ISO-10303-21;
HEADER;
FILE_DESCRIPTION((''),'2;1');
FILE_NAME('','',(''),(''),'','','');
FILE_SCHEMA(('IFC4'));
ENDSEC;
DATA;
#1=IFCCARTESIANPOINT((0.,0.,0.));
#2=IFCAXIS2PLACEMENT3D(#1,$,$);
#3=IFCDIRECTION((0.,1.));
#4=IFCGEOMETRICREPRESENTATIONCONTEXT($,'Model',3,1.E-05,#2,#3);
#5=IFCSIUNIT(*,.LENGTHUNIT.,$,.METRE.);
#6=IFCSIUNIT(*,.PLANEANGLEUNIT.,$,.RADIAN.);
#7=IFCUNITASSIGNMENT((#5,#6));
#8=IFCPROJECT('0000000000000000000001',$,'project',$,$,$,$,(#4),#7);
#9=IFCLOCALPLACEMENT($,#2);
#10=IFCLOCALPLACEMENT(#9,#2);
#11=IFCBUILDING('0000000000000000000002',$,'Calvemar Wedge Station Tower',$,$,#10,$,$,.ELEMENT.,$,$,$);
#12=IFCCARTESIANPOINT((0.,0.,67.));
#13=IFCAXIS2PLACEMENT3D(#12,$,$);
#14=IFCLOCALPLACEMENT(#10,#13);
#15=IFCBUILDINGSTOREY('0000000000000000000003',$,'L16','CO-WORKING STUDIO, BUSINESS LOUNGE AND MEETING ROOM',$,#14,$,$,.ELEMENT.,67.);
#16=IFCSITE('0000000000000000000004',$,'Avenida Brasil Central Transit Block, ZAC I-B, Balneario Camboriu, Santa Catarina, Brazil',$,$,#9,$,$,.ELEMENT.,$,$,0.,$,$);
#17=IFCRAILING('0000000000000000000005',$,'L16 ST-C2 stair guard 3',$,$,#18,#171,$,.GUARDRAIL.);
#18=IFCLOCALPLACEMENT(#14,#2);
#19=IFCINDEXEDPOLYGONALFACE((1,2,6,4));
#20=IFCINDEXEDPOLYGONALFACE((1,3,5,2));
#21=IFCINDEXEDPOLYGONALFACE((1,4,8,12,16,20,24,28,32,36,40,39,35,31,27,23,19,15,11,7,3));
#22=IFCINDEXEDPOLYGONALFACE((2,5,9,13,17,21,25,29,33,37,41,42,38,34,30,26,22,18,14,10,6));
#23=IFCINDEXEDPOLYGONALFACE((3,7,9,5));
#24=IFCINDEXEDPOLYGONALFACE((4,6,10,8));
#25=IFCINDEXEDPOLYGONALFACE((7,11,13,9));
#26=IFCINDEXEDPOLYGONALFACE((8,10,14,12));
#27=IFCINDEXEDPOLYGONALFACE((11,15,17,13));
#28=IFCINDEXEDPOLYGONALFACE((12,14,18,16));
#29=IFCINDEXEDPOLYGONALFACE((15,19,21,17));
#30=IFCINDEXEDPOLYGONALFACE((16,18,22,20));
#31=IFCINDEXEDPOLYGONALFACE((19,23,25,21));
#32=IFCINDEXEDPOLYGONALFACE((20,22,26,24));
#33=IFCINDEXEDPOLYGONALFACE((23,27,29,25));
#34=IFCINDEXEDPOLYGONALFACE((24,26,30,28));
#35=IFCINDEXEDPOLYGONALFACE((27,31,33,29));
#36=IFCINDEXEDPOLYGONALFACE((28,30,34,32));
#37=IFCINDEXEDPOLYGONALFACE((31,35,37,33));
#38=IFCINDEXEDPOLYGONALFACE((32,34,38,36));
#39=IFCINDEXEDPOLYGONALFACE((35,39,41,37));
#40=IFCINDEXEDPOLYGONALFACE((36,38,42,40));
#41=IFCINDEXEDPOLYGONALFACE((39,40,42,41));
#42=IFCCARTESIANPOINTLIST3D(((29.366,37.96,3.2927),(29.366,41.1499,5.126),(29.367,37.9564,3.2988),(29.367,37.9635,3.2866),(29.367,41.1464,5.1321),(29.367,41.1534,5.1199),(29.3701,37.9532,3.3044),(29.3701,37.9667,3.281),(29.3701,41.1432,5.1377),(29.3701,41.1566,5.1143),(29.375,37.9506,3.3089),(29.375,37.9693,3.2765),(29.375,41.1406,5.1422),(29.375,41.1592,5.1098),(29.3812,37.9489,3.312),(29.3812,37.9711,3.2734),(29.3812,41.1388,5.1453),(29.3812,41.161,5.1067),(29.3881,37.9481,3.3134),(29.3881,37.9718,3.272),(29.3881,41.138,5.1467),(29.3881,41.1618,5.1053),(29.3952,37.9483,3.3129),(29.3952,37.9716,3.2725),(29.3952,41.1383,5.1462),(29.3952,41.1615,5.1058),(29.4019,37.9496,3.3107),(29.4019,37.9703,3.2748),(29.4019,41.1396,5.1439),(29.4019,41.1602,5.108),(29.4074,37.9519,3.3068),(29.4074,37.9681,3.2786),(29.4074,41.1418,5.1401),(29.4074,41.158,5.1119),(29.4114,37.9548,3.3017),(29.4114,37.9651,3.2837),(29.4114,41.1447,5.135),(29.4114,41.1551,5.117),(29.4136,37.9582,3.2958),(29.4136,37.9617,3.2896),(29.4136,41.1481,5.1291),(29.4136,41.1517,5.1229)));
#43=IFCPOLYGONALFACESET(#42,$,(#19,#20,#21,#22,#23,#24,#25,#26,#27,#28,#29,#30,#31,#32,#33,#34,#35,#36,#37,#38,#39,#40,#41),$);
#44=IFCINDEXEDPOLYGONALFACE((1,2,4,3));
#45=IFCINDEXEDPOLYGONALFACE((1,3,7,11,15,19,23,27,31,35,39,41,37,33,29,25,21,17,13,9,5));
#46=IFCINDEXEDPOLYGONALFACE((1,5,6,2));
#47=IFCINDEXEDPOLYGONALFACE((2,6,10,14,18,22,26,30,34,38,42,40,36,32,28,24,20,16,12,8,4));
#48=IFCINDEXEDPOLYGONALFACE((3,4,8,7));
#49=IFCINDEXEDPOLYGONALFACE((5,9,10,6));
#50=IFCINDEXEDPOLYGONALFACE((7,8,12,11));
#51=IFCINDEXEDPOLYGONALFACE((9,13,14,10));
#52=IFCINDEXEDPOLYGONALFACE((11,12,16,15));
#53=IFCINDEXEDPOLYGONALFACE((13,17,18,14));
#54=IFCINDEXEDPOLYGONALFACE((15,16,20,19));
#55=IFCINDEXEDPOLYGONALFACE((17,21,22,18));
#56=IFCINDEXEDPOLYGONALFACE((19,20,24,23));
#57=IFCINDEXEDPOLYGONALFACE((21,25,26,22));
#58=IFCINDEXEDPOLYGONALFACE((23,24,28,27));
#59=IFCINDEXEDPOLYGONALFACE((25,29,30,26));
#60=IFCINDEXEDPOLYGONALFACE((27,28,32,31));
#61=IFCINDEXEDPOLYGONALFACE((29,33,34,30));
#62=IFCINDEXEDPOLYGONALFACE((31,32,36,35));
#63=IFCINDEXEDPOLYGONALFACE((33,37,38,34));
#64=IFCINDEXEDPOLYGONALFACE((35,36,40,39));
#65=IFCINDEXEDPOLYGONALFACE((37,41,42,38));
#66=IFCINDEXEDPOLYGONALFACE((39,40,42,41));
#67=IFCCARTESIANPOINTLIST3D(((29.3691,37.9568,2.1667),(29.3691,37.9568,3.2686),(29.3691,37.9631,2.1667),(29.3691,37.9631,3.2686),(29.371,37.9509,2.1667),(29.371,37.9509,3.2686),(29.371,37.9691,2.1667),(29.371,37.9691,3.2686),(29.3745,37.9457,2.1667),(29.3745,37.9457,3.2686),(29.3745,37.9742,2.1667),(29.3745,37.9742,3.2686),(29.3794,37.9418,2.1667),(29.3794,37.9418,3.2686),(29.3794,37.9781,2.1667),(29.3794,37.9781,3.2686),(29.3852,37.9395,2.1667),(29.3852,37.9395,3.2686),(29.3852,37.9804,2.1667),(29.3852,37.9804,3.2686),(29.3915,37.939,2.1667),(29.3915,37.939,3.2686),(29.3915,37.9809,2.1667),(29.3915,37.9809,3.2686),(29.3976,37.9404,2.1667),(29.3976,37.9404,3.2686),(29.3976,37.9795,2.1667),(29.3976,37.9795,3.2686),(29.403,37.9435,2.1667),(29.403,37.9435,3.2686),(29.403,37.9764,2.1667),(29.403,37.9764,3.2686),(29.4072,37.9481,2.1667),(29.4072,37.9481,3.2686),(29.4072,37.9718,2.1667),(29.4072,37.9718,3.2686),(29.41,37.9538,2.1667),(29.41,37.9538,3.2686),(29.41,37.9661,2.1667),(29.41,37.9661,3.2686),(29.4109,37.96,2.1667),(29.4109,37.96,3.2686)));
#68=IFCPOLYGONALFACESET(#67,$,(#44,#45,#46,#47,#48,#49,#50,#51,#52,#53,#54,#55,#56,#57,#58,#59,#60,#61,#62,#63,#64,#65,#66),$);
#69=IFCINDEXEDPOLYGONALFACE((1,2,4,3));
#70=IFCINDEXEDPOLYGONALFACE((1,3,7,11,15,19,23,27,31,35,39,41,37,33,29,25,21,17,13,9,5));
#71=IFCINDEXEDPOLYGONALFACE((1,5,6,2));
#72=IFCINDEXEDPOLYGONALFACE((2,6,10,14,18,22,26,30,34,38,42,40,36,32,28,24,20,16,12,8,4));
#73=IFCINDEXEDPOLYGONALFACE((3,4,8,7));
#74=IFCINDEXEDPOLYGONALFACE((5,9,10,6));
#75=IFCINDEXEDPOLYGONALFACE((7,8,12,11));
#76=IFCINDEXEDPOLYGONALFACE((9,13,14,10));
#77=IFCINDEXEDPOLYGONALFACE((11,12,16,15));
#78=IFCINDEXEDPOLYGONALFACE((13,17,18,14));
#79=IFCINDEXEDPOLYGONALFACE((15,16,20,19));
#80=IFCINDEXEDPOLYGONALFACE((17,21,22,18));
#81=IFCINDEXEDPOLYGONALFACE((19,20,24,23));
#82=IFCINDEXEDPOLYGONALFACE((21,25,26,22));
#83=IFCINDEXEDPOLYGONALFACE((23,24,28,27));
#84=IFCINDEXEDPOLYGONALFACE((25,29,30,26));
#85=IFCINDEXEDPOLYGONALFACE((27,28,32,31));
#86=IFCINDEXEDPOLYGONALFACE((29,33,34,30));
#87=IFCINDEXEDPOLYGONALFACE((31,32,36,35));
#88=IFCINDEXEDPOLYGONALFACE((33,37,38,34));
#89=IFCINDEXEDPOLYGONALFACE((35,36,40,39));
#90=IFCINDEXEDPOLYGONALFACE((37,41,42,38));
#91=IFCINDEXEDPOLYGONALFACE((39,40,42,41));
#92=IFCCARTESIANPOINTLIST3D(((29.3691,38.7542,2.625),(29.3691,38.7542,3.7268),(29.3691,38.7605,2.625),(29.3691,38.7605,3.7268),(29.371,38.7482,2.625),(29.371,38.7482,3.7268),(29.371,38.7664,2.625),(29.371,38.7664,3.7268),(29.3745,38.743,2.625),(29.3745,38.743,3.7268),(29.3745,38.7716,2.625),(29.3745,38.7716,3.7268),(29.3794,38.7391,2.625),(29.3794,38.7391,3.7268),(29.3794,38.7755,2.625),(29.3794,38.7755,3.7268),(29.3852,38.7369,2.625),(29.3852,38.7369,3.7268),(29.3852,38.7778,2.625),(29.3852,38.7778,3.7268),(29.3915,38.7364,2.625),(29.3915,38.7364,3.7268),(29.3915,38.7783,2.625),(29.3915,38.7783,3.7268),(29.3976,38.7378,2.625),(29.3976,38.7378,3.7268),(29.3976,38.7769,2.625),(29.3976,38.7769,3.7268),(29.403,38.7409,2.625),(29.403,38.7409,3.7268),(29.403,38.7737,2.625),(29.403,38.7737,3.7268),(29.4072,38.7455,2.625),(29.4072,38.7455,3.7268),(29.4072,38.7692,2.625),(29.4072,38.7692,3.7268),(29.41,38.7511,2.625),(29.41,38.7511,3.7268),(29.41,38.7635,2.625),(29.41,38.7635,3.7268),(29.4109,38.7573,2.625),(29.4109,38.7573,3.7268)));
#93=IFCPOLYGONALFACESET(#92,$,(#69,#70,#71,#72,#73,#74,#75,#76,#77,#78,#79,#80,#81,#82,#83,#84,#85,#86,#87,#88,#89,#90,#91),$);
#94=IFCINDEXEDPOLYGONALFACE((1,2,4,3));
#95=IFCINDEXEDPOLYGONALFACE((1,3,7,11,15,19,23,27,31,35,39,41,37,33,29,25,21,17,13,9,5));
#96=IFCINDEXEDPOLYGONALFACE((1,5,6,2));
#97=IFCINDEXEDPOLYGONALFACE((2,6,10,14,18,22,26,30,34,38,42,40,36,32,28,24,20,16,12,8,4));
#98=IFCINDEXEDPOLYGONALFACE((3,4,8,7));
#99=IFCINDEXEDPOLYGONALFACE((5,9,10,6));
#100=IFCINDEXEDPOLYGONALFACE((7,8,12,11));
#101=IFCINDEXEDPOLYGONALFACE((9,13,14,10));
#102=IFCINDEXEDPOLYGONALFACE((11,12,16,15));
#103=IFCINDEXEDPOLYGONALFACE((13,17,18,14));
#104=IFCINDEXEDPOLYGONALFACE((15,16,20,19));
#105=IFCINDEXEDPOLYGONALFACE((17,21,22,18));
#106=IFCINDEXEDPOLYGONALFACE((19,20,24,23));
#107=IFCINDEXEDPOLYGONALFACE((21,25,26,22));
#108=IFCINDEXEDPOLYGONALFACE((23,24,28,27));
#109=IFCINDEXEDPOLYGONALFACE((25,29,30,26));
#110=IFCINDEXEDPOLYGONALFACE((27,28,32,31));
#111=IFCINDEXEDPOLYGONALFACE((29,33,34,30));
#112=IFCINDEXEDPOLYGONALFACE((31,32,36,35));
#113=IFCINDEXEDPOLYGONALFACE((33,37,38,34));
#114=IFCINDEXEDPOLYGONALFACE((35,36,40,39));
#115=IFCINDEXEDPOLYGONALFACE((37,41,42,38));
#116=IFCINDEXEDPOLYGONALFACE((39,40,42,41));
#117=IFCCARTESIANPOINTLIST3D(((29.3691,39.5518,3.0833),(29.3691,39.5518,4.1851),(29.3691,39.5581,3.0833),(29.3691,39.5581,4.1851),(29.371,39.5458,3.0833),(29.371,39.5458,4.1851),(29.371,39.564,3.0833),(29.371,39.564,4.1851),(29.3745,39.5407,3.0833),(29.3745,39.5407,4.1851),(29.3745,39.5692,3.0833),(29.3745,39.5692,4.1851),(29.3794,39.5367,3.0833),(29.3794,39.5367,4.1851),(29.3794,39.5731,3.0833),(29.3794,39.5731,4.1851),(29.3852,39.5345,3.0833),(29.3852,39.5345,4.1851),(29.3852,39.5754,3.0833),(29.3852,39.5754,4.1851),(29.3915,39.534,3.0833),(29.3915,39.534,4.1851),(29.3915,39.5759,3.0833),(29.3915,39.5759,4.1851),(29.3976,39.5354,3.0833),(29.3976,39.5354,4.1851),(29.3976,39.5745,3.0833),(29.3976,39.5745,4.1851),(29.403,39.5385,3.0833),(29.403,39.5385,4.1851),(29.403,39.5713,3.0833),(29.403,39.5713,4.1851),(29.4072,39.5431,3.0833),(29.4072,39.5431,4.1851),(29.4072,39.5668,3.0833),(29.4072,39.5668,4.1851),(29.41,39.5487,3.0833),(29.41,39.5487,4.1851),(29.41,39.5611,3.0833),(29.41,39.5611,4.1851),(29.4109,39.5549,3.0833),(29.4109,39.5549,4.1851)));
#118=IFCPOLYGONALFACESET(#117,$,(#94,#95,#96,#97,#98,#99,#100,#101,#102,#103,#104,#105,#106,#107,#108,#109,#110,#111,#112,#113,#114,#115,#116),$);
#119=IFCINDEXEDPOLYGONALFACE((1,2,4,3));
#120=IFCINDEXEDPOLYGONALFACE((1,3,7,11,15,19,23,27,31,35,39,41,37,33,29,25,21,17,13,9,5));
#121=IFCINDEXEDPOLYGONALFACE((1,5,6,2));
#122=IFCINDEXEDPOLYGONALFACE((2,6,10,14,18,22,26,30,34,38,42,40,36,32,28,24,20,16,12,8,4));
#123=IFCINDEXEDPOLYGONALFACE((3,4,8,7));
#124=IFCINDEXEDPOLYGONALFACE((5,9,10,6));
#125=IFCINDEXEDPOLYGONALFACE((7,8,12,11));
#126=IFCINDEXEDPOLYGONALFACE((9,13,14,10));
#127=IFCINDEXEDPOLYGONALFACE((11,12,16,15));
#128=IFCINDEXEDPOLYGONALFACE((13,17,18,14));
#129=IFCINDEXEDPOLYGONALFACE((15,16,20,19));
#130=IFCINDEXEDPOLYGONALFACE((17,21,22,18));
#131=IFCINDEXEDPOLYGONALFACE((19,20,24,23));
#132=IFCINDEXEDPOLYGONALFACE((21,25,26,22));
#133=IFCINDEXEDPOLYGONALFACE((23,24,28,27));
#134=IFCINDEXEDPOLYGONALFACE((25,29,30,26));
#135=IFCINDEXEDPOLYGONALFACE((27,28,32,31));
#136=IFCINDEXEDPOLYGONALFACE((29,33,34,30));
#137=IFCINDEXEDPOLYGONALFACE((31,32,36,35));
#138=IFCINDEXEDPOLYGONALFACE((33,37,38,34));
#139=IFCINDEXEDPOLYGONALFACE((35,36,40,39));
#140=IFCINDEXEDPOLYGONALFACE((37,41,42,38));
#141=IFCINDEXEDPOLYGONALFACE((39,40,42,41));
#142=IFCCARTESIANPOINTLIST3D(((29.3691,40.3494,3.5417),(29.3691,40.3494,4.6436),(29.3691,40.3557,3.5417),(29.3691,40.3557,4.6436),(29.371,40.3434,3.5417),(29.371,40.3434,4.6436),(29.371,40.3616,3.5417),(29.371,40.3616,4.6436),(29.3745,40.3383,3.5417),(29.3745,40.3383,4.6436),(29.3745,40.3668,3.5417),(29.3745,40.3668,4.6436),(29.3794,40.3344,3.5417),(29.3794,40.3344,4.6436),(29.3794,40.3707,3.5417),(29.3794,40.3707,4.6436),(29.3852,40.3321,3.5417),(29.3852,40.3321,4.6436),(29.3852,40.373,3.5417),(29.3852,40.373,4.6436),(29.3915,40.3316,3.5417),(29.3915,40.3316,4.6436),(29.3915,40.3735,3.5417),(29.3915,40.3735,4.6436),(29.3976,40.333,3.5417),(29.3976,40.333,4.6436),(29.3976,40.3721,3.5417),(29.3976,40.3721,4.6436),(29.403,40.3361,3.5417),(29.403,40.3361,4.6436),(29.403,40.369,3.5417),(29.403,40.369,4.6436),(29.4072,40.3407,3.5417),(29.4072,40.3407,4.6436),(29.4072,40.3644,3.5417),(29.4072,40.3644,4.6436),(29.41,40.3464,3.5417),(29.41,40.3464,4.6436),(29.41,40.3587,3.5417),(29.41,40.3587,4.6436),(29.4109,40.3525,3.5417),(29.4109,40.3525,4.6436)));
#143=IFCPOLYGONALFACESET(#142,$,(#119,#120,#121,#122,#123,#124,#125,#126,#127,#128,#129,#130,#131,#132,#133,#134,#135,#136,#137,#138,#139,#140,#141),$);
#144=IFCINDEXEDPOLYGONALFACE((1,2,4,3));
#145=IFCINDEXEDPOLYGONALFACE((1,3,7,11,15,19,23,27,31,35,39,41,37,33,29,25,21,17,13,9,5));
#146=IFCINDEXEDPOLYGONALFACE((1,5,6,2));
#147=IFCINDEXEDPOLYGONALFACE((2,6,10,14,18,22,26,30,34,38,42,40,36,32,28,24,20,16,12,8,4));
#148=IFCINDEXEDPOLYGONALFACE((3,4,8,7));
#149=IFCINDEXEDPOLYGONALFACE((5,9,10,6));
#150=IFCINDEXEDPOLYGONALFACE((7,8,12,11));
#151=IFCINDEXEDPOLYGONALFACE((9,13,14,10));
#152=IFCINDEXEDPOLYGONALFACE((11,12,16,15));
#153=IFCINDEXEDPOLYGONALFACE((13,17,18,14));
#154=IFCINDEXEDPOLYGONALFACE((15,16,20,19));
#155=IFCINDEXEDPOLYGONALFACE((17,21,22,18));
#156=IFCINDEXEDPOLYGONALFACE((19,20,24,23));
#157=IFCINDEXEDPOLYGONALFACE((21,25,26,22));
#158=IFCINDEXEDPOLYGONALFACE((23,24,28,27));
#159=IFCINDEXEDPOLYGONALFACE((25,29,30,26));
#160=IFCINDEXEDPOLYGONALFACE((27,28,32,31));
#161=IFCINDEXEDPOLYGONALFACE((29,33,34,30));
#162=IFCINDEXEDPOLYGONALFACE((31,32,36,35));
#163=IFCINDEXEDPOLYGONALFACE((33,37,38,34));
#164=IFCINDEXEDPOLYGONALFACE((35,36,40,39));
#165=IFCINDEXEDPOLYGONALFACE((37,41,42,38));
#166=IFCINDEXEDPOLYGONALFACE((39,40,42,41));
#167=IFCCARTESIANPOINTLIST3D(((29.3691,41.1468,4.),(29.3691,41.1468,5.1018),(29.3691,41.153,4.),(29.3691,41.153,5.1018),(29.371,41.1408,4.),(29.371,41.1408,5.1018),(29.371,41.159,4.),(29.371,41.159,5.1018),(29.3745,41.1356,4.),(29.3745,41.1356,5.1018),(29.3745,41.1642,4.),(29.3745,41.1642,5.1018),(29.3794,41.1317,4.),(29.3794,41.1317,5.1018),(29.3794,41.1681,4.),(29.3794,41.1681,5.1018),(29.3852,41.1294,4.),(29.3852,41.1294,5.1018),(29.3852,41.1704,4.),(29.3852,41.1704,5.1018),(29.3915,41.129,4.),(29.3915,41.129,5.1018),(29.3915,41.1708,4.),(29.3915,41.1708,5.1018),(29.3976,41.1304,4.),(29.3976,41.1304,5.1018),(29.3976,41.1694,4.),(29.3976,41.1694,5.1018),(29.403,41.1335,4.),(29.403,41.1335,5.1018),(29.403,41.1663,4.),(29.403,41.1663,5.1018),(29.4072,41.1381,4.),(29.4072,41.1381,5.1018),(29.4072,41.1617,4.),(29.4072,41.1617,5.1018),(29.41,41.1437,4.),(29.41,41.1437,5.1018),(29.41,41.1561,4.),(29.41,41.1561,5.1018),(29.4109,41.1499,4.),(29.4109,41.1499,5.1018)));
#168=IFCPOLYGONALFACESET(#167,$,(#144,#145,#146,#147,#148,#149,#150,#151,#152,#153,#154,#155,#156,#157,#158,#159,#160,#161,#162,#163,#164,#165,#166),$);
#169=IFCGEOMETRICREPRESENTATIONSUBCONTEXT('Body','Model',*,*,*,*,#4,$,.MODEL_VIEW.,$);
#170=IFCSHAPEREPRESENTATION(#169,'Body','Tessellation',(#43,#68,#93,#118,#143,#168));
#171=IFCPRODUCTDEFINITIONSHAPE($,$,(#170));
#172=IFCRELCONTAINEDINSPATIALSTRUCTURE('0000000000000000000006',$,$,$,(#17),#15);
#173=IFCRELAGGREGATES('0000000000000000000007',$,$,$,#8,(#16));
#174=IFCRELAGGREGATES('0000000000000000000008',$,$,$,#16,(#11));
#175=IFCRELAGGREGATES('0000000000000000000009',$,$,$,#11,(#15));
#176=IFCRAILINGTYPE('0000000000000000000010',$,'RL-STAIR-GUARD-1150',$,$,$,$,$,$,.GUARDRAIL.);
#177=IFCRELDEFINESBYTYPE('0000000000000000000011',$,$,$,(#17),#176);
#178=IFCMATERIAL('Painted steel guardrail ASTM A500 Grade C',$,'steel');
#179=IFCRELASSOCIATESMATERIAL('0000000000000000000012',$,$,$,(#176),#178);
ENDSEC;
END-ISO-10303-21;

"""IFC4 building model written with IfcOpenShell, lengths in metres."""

from ifc_helpers import new_model, si_unit, direction, frame, origin, origin_2d, place, context, subcontext, project, spatial, circle, extrude, material, type_object, element, save


model = new_model("IFC4")

# Units and contexts
model_context = context("Model", 3, precision=1e-05, world=origin(), true_north=direction((0.0, 1.0)))
body_context = subcontext(model_context, "Body", "Model", "MODEL_VIEW")
ifc_project = project(units=[si_unit("LENGTHUNIT", "METRE"), si_unit("PLANEANGLEUNIT", "RADIAN")], contexts=[model_context])

# Site, building, storey
site_placement = place(None, origin())
site = spatial("IfcSite", under=ifc_project, at=site_placement, Name="Avenida Brasil Central Transit Block, ZAC I-B, Balneario Camboriu, Santa Catarina, Brazil", CompositionType="ELEMENT", RefElevation=0.0)
building_placement = place(site_placement, origin())
building = spatial("IfcBuilding", under=site, at=building_placement, Name="Calvemar Wedge Station Tower", CompositionType="ELEMENT")
storey_placement = place(building_placement, frame((0.0, 0.0, 67.0)))
storey = spatial("IfcBuildingStorey", under=building, at=storey_placement, Name="L16", Description="CO-WORKING STUDIO, BUSINESS LOUNGE AND MEETING ROOM", CompositionType="ELEMENT", Elevation=67.0)

# Railing
ifc_material_1 = material(Name="Painted steel guardrail ASTM A500 Grade C", Category="steel")
railing_type_1 = type_object("IfcRailingType", Name="RL-STAIR-GUARD-1150", PredefinedType="GUARDRAIL", material=ifc_material_1)
railing_1_placement = place(storey_placement, frame((29.3899, 37.96, 2.1667)))
element("IfcRailing", 1, at=railing_1_placement, inside=storey, type_object=railing_type_1, Name="L16 ST-C2 stair guard 3", PredefinedType="GUARDRAIL", context=body_context, shape_type="SweptSolid", body=[
    extrude(circle(Radius=0.0239, at=origin_2d()), frame((0.0, 0.0, 1.126), z_axis=(0.0, 0.86702, 0.498274), x_axis=(-1.0, 0.0, 0.0)), (0.0, 0.0, 1.0), 3.6792),
    extrude(circle(Radius=0.021, at=origin_2d()), origin(), (0.0, 0.0, 1.0), 1.1018),
    extrude(circle(Radius=0.021, at=origin_2d()), frame((0.0, 0.7974, 0.4583)), (0.0, 0.0, 1.0), 1.1018),
    extrude(circle(Radius=0.021, at=origin_2d()), frame((0.0, 1.595, 0.9165)), (0.0, 0.0, 1.0), 1.1018),
    extrude(circle(Radius=0.021, at=origin_2d()), frame((0.0, 2.3926, 1.375)), (0.0, 0.0, 1.0), 1.1018),
    extrude(circle(Radius=0.021, at=origin_2d()), frame((0.0, 3.1899, 1.8333)), (0.0, 0.0, 1.0), 1.1018),
])

save(model, "model.ifc")
